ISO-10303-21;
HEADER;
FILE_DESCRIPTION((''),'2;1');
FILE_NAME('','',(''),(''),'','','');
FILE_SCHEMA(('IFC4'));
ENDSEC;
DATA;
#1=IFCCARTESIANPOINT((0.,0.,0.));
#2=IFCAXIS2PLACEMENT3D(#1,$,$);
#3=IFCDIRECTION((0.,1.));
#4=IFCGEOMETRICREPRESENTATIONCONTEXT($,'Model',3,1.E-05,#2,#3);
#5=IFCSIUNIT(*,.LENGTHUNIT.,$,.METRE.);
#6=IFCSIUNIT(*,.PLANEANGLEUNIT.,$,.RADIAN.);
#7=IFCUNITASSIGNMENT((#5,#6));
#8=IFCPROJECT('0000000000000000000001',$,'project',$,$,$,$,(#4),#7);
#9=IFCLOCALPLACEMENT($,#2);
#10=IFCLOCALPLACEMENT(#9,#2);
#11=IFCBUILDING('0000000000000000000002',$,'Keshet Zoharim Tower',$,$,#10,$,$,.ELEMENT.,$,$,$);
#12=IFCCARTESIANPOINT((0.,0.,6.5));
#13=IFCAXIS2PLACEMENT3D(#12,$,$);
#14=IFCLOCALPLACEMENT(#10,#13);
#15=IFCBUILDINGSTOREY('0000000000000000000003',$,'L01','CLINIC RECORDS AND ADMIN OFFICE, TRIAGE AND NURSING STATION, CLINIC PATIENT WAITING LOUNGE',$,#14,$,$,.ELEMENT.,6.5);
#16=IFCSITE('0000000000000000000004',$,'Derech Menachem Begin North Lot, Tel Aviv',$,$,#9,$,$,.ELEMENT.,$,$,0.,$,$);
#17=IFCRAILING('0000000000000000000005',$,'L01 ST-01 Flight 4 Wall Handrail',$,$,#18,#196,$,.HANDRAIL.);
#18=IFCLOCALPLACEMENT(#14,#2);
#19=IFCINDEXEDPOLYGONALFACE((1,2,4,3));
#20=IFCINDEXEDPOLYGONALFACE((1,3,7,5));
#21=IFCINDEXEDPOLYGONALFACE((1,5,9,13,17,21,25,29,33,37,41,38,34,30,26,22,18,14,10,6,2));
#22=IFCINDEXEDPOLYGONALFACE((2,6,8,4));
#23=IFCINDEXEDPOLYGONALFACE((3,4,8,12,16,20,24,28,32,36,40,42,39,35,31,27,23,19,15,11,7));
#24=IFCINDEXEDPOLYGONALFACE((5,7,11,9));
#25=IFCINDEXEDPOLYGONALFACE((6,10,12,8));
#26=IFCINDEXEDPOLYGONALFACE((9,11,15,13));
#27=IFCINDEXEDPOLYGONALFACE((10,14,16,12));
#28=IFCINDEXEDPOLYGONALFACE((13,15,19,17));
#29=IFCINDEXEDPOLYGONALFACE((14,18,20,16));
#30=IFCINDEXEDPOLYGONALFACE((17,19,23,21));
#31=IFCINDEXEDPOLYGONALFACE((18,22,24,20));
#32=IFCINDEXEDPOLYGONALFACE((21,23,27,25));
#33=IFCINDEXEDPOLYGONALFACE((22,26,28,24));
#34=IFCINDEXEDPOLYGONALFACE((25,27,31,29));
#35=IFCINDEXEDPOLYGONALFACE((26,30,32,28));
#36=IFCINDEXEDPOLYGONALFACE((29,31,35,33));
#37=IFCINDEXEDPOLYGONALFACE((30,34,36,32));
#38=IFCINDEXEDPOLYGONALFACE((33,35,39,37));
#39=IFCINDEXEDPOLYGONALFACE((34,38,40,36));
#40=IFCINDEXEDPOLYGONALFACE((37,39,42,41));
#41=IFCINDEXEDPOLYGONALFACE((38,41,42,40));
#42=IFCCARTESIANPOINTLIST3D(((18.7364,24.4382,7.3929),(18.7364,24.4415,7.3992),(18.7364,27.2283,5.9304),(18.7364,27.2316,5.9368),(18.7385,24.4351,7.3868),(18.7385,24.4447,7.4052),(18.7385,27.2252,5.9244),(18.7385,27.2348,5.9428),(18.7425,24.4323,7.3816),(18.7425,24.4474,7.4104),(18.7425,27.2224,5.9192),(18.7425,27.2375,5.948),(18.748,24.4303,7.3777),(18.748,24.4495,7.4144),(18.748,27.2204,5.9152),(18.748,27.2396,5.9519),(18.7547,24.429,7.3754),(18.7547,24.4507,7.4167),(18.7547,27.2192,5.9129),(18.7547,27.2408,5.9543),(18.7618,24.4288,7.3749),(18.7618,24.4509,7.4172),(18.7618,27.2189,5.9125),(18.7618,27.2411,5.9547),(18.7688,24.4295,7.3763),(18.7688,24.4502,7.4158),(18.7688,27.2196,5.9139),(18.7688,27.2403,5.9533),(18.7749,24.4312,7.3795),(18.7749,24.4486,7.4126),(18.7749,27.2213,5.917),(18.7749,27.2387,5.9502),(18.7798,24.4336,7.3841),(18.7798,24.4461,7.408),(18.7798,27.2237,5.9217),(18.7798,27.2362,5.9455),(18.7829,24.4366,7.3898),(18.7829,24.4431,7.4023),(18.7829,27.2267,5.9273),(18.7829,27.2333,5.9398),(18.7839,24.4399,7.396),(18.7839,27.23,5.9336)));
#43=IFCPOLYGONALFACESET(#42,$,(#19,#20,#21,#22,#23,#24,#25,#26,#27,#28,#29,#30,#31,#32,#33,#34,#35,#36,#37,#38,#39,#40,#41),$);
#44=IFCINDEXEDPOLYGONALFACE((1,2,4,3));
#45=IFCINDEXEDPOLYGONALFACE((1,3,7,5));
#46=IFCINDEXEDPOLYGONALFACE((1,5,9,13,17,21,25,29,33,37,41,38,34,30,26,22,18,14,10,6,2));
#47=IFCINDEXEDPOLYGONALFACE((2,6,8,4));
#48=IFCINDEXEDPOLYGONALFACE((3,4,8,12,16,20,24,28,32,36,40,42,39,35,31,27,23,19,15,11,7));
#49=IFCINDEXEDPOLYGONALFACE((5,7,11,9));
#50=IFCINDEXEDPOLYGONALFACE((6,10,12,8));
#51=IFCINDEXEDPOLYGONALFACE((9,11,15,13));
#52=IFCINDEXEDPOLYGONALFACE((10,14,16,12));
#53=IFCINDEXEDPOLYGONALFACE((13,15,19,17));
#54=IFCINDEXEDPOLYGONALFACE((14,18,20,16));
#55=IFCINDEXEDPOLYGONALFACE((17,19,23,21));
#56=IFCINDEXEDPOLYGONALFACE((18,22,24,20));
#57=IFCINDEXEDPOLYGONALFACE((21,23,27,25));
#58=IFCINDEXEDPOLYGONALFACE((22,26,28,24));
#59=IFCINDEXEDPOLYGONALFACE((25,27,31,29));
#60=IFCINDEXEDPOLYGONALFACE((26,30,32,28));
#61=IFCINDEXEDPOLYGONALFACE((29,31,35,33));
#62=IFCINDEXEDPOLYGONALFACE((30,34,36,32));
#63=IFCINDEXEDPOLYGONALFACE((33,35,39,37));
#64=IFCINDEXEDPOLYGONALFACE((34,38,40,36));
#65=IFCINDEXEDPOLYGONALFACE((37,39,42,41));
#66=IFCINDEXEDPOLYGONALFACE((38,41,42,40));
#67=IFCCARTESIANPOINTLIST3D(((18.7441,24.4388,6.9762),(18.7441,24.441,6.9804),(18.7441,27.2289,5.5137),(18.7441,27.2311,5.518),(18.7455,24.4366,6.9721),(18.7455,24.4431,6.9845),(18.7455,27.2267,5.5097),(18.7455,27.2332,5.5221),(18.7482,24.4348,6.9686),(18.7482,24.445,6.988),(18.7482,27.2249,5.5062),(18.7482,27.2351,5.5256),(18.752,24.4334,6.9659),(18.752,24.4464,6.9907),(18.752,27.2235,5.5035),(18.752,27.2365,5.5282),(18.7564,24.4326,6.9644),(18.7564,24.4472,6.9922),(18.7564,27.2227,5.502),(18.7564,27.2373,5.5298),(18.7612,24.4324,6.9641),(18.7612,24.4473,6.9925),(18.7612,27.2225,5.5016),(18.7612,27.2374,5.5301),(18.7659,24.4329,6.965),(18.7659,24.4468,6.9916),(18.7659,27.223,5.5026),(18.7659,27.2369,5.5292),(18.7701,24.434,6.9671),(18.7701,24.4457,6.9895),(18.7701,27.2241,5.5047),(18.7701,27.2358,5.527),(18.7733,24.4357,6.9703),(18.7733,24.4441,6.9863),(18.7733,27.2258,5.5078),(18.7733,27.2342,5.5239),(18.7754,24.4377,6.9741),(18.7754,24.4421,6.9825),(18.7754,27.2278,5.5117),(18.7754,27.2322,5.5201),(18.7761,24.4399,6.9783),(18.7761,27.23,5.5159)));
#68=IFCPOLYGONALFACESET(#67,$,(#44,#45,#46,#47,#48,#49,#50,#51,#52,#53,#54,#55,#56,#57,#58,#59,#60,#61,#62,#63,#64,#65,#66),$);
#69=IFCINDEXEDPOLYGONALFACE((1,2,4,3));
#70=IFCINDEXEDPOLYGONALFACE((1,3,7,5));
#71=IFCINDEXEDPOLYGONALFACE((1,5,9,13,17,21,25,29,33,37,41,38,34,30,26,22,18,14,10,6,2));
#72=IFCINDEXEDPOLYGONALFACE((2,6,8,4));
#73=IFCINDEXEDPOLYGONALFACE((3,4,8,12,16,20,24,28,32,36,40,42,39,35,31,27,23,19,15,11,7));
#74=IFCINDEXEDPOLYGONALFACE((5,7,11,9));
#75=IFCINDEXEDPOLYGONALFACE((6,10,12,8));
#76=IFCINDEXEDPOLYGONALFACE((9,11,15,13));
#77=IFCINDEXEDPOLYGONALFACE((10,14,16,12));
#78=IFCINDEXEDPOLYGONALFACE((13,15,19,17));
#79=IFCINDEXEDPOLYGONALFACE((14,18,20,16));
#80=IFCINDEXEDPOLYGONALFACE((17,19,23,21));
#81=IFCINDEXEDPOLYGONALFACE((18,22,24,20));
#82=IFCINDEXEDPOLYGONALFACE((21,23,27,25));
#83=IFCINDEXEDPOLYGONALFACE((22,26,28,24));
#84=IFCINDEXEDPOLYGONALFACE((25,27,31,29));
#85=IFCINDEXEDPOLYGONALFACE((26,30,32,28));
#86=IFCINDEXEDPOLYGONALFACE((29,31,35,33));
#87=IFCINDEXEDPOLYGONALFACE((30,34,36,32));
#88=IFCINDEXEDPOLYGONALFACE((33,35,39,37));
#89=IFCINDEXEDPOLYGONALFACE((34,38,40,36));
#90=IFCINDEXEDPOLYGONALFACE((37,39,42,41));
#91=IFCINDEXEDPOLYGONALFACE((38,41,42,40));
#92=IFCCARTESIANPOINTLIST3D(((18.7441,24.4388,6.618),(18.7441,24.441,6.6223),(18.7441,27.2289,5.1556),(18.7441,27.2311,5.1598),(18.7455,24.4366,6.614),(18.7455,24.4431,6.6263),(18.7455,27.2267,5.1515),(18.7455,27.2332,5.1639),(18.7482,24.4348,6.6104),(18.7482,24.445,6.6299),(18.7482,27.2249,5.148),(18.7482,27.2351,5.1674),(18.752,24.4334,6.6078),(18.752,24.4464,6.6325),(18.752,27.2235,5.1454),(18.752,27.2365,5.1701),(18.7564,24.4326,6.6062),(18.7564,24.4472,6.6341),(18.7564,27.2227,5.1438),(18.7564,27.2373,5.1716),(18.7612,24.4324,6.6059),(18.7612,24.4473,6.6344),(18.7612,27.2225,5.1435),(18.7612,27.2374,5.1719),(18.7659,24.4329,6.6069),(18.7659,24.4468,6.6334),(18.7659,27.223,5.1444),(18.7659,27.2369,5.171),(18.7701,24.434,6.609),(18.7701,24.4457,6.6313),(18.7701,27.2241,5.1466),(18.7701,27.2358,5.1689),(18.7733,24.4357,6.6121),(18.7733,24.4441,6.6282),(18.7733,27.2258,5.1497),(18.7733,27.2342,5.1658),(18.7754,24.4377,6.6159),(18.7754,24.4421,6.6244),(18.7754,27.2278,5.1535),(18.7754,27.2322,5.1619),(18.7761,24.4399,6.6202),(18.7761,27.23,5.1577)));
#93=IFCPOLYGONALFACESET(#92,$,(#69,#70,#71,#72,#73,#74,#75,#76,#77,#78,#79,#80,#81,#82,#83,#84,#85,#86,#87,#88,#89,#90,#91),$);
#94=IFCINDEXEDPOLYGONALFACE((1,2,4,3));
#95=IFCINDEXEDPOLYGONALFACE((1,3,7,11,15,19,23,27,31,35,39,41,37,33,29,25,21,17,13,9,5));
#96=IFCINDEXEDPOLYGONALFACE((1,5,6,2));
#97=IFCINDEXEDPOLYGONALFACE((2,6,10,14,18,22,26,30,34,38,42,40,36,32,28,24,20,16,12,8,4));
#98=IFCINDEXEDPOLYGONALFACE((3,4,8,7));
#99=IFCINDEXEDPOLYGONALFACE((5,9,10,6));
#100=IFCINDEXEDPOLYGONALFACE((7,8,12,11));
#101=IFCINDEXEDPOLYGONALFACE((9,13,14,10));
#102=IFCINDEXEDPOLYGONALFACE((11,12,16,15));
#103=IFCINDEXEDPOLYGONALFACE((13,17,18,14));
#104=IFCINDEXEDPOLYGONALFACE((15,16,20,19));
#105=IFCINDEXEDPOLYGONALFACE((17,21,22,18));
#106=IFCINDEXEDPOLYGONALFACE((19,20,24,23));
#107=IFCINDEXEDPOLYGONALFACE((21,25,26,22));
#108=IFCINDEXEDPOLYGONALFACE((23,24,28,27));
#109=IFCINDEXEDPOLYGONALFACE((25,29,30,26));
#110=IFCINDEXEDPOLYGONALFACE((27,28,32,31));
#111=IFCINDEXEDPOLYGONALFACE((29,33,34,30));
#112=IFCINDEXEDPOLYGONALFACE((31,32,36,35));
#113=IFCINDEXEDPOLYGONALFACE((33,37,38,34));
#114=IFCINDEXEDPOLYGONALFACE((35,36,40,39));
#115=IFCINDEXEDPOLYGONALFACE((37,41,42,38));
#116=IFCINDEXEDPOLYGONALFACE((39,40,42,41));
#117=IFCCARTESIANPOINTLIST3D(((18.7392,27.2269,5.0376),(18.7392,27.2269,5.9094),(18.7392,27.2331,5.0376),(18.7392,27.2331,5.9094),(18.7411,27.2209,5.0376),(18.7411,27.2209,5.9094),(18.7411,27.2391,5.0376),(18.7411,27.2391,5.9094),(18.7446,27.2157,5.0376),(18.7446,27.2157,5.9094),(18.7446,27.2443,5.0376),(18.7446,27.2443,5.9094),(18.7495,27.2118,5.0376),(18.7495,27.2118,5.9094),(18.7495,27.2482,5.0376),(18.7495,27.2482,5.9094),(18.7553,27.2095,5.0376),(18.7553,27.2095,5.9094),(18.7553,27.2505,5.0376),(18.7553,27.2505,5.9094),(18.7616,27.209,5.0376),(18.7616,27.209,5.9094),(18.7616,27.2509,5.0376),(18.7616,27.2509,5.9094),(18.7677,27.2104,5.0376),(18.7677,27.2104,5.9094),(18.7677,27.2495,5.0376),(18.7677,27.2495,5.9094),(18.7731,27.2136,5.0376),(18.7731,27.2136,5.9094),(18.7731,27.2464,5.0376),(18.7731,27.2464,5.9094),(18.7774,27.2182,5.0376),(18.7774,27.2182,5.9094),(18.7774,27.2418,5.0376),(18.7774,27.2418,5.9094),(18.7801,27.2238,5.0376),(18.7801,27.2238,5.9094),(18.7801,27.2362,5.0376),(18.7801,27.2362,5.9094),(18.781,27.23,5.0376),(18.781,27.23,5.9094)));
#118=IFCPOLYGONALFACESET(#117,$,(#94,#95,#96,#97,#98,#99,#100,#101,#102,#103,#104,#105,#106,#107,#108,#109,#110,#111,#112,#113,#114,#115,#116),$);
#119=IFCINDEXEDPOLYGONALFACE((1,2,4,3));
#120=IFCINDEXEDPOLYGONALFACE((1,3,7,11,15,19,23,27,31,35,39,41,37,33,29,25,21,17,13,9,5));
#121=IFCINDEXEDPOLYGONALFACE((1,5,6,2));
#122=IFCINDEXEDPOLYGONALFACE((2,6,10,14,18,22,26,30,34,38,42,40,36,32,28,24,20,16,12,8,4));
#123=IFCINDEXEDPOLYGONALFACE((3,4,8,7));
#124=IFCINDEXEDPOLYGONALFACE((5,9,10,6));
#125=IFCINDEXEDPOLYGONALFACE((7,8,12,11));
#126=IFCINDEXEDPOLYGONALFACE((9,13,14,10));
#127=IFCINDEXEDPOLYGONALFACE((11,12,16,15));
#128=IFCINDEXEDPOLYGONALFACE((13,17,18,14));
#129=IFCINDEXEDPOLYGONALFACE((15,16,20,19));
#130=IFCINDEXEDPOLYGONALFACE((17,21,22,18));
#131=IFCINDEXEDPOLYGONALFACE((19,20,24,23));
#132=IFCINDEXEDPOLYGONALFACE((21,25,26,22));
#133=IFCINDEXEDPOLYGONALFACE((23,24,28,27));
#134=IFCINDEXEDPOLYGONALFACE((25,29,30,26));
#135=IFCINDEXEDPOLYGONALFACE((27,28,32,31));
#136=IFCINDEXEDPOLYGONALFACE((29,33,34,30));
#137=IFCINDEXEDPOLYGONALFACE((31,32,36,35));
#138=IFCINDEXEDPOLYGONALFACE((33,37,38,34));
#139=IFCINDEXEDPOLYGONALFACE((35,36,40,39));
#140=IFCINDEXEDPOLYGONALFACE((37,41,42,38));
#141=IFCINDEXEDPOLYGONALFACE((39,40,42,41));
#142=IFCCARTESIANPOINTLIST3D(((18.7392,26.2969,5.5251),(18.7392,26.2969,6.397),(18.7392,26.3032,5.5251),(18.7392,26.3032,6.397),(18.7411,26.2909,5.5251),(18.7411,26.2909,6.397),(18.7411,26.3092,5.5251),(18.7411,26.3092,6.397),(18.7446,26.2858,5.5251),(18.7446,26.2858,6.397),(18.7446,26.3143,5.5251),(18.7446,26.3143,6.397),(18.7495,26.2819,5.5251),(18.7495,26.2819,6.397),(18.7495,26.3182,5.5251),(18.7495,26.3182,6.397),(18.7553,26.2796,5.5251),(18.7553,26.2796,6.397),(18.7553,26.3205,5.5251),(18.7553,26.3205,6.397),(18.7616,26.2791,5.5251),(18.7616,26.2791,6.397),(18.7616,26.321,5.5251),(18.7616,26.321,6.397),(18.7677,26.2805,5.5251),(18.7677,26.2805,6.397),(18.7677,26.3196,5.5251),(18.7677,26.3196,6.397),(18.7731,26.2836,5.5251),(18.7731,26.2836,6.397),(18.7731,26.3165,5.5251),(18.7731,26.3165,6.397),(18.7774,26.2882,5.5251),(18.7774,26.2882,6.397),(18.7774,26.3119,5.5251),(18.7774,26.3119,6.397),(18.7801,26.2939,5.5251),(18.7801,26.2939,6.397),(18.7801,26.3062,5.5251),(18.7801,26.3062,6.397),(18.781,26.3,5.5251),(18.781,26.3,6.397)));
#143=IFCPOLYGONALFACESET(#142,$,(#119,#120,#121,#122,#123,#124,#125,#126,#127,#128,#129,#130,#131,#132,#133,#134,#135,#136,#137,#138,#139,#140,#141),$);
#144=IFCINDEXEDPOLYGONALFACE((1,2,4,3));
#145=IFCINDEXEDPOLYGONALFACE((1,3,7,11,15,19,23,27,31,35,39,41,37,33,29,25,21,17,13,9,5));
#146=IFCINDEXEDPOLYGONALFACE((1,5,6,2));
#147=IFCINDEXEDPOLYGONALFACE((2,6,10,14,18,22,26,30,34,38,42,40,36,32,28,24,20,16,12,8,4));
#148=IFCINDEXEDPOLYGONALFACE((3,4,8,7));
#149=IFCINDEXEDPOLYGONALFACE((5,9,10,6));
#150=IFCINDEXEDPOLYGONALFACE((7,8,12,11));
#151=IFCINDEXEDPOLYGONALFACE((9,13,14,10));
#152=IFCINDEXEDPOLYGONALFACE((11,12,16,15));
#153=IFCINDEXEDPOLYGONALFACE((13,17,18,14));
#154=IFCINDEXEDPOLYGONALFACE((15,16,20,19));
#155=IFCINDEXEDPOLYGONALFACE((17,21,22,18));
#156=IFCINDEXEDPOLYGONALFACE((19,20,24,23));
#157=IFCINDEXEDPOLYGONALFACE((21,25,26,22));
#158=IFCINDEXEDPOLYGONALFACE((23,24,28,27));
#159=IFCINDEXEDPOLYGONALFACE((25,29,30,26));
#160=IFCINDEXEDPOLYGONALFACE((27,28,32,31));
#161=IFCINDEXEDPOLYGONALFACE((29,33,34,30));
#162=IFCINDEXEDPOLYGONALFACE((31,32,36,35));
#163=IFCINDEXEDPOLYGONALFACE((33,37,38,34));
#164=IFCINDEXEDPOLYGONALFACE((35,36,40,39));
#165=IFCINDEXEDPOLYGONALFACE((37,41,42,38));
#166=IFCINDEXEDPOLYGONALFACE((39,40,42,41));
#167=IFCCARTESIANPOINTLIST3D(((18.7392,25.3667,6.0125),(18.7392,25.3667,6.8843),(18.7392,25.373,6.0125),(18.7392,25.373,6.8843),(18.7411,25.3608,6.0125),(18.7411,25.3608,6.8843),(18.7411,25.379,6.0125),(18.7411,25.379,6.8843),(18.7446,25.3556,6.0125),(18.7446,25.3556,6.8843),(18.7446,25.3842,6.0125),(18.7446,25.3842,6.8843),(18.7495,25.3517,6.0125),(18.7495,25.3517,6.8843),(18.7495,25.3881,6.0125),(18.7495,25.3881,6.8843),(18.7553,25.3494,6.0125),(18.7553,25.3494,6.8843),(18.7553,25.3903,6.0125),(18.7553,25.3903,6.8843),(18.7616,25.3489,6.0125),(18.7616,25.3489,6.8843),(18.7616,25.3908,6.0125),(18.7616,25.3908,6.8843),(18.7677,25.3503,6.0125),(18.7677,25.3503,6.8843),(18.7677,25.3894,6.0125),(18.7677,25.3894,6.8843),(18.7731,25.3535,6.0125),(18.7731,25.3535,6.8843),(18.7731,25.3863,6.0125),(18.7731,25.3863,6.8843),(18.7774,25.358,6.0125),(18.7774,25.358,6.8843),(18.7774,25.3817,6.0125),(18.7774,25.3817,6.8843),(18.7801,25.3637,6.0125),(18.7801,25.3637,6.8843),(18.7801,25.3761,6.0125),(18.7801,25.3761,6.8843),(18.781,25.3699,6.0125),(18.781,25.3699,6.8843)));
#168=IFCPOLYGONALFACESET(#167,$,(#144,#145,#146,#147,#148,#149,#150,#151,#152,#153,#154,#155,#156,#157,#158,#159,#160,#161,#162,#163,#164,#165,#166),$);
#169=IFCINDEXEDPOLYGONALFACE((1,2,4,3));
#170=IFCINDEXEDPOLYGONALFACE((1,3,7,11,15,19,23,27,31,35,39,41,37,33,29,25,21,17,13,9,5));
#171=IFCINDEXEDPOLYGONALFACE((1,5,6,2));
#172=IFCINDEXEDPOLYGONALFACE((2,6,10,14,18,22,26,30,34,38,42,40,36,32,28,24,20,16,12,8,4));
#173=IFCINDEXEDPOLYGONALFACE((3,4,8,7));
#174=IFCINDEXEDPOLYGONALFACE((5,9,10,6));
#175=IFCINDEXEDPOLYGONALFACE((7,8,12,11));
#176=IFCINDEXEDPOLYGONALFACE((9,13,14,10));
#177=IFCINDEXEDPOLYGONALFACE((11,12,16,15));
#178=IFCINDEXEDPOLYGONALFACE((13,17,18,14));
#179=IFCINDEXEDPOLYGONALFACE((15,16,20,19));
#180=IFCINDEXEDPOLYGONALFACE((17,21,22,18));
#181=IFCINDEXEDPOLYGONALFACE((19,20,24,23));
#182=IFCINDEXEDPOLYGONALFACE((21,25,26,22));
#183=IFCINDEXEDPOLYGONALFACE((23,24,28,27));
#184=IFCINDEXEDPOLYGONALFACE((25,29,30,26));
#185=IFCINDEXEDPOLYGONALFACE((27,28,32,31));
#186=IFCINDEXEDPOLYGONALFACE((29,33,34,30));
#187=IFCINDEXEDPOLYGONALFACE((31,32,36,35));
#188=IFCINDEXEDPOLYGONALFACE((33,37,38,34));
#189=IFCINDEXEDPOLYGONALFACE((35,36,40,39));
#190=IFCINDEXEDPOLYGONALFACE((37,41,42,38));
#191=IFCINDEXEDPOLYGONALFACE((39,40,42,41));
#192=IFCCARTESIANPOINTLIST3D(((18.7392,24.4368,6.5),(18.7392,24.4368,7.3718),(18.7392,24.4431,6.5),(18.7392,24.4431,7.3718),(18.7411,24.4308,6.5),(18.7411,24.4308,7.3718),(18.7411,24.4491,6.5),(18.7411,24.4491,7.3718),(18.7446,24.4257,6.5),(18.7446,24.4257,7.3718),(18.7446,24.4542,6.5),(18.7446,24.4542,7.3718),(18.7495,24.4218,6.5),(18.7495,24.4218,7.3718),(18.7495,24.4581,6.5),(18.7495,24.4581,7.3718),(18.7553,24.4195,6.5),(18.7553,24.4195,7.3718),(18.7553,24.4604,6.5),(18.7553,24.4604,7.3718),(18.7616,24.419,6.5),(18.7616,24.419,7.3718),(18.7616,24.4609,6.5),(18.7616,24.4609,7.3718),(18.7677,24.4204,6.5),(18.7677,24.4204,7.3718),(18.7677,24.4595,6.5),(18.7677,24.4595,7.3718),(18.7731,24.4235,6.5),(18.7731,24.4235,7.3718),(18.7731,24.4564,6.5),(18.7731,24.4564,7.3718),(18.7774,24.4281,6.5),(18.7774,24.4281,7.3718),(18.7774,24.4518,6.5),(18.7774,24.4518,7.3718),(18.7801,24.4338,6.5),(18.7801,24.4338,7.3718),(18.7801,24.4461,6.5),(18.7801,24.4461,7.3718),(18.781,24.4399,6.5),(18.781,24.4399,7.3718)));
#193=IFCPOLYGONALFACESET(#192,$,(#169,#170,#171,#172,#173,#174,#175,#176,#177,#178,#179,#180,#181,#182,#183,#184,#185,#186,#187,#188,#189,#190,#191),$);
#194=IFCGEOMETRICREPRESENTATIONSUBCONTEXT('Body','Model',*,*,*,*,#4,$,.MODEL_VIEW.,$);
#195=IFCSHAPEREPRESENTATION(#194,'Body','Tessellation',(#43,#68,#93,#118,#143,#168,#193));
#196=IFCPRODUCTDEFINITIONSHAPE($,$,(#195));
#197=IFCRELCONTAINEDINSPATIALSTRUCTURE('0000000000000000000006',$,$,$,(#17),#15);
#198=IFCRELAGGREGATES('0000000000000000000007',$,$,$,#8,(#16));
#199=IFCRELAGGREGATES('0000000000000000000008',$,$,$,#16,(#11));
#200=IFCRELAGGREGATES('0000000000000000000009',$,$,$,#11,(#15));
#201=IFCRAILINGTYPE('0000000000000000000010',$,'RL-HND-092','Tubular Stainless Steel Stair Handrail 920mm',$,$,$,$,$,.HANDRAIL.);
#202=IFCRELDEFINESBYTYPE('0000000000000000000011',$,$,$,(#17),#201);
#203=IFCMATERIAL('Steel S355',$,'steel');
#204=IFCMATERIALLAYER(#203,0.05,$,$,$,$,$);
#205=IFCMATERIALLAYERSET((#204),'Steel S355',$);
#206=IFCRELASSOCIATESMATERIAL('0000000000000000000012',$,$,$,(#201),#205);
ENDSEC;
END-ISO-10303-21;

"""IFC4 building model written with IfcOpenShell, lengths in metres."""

from ifc_helpers import new_model, si_unit, direction, frame, origin, origin_2d, place, context, subcontext, project, spatial, circle, extrude, material, layer, layer_set, type_object, element, save


model = new_model("IFC4")

# Units and contexts
model_context = context("Model", 3, precision=1e-05, world=origin(), true_north=direction((0.0, 1.0)))
body_context = subcontext(model_context, "Body", "Model", "MODEL_VIEW")
ifc_project = project(units=[si_unit("LENGTHUNIT", "METRE"), si_unit("PLANEANGLEUNIT", "RADIAN")], contexts=[model_context])

# Site, building, storey
site_placement = place(None, origin())
site = spatial("IfcSite", under=ifc_project, at=site_placement, Name="Derech Menachem Begin North Lot, Tel Aviv", CompositionType="ELEMENT", RefElevation=0.0)
building_placement = place(site_placement, origin())
building = spatial("IfcBuilding", under=site, at=building_placement, Name="Keshet Zoharim Tower", CompositionType="ELEMENT")
storey_placement = place(building_placement, frame((0.0, 0.0, 6.5)))
storey = spatial("IfcBuildingStorey", under=building, at=storey_placement, Name="L01", Description="CLINIC RECORDS AND ADMIN OFFICE, TRIAGE AND NURSING STATION, CLINIC PATIENT WAITING LOUNGE", CompositionType="ELEMENT", Elevation=6.5)

# Shared definitions
ifc_material_1 = material(Name="Steel S355", Category="steel")

# Railing
ifc_layer_1 = layer(ifc_material_1, 0.05)
ifc_layer_set_1 = layer_set([ifc_layer_1], Name="Steel S355")
railing_type_1 = type_object("IfcRailingType", Name="RL-HND-092", Description="Tubular Stainless Steel Stair Handrail 920mm", PredefinedType="HANDRAIL", material=ifc_layer_set_1)
for number, where, name in (
    (1, (18.76, 27.23, 5.0376), "L01 ST-01 Flight 4 Wall Handrail"),
):
    element("IfcRailing", number, at=place(storey_placement, frame(where)), inside=storey, type_object=railing_type_1, Name=name, PredefinedType="HANDRAIL", context=body_context, shape_type="SweptSolid", body=[
        extrude(circle(Radius=0.0239, at=origin_2d()), frame((0.0, 0.0, 0.896), z_axis=(0.0, -0.885707, 0.464244), x_axis=(1.0, 0.0, 0.0)), (0.0, 0.0, 1.0), 3.1501),
        extrude(circle(Radius=0.0161, at=origin_2d()), frame((0.0, 0.0, 0.4783), z_axis=(0.0, -0.885707, 0.464244), x_axis=(1.0, 0.0, 0.0)), (0.0, 0.0, 1.0), 3.1501),
        extrude(circle(Radius=0.0161, at=origin_2d()), frame((0.0, 0.0, 0.1201), z_axis=(0.0, -0.885707, 0.464244), x_axis=(1.0, 0.0, 0.0)), (0.0, 0.0, 1.0), 3.1501),
        extrude(circle(Radius=0.021, at=origin_2d()), origin(), (0.0, 0.0, 1.0), 0.8718),
        extrude(circle(Radius=0.021, at=origin_2d()), frame((0.0, -0.9299, 0.4875)), (0.0, 0.0, 1.0), 0.8718),
        extrude(circle(Radius=0.021, at=origin_2d()), frame((0.0, -1.8601, 0.9749)), (0.0, 0.0, 1.0), 0.8718),
        extrude(circle(Radius=0.021, at=origin_2d()), frame((0.0, -2.79, 1.4624)), (0.0, 0.0, 1.0), 0.8718),
    ])

save(model, "model.ifc")
